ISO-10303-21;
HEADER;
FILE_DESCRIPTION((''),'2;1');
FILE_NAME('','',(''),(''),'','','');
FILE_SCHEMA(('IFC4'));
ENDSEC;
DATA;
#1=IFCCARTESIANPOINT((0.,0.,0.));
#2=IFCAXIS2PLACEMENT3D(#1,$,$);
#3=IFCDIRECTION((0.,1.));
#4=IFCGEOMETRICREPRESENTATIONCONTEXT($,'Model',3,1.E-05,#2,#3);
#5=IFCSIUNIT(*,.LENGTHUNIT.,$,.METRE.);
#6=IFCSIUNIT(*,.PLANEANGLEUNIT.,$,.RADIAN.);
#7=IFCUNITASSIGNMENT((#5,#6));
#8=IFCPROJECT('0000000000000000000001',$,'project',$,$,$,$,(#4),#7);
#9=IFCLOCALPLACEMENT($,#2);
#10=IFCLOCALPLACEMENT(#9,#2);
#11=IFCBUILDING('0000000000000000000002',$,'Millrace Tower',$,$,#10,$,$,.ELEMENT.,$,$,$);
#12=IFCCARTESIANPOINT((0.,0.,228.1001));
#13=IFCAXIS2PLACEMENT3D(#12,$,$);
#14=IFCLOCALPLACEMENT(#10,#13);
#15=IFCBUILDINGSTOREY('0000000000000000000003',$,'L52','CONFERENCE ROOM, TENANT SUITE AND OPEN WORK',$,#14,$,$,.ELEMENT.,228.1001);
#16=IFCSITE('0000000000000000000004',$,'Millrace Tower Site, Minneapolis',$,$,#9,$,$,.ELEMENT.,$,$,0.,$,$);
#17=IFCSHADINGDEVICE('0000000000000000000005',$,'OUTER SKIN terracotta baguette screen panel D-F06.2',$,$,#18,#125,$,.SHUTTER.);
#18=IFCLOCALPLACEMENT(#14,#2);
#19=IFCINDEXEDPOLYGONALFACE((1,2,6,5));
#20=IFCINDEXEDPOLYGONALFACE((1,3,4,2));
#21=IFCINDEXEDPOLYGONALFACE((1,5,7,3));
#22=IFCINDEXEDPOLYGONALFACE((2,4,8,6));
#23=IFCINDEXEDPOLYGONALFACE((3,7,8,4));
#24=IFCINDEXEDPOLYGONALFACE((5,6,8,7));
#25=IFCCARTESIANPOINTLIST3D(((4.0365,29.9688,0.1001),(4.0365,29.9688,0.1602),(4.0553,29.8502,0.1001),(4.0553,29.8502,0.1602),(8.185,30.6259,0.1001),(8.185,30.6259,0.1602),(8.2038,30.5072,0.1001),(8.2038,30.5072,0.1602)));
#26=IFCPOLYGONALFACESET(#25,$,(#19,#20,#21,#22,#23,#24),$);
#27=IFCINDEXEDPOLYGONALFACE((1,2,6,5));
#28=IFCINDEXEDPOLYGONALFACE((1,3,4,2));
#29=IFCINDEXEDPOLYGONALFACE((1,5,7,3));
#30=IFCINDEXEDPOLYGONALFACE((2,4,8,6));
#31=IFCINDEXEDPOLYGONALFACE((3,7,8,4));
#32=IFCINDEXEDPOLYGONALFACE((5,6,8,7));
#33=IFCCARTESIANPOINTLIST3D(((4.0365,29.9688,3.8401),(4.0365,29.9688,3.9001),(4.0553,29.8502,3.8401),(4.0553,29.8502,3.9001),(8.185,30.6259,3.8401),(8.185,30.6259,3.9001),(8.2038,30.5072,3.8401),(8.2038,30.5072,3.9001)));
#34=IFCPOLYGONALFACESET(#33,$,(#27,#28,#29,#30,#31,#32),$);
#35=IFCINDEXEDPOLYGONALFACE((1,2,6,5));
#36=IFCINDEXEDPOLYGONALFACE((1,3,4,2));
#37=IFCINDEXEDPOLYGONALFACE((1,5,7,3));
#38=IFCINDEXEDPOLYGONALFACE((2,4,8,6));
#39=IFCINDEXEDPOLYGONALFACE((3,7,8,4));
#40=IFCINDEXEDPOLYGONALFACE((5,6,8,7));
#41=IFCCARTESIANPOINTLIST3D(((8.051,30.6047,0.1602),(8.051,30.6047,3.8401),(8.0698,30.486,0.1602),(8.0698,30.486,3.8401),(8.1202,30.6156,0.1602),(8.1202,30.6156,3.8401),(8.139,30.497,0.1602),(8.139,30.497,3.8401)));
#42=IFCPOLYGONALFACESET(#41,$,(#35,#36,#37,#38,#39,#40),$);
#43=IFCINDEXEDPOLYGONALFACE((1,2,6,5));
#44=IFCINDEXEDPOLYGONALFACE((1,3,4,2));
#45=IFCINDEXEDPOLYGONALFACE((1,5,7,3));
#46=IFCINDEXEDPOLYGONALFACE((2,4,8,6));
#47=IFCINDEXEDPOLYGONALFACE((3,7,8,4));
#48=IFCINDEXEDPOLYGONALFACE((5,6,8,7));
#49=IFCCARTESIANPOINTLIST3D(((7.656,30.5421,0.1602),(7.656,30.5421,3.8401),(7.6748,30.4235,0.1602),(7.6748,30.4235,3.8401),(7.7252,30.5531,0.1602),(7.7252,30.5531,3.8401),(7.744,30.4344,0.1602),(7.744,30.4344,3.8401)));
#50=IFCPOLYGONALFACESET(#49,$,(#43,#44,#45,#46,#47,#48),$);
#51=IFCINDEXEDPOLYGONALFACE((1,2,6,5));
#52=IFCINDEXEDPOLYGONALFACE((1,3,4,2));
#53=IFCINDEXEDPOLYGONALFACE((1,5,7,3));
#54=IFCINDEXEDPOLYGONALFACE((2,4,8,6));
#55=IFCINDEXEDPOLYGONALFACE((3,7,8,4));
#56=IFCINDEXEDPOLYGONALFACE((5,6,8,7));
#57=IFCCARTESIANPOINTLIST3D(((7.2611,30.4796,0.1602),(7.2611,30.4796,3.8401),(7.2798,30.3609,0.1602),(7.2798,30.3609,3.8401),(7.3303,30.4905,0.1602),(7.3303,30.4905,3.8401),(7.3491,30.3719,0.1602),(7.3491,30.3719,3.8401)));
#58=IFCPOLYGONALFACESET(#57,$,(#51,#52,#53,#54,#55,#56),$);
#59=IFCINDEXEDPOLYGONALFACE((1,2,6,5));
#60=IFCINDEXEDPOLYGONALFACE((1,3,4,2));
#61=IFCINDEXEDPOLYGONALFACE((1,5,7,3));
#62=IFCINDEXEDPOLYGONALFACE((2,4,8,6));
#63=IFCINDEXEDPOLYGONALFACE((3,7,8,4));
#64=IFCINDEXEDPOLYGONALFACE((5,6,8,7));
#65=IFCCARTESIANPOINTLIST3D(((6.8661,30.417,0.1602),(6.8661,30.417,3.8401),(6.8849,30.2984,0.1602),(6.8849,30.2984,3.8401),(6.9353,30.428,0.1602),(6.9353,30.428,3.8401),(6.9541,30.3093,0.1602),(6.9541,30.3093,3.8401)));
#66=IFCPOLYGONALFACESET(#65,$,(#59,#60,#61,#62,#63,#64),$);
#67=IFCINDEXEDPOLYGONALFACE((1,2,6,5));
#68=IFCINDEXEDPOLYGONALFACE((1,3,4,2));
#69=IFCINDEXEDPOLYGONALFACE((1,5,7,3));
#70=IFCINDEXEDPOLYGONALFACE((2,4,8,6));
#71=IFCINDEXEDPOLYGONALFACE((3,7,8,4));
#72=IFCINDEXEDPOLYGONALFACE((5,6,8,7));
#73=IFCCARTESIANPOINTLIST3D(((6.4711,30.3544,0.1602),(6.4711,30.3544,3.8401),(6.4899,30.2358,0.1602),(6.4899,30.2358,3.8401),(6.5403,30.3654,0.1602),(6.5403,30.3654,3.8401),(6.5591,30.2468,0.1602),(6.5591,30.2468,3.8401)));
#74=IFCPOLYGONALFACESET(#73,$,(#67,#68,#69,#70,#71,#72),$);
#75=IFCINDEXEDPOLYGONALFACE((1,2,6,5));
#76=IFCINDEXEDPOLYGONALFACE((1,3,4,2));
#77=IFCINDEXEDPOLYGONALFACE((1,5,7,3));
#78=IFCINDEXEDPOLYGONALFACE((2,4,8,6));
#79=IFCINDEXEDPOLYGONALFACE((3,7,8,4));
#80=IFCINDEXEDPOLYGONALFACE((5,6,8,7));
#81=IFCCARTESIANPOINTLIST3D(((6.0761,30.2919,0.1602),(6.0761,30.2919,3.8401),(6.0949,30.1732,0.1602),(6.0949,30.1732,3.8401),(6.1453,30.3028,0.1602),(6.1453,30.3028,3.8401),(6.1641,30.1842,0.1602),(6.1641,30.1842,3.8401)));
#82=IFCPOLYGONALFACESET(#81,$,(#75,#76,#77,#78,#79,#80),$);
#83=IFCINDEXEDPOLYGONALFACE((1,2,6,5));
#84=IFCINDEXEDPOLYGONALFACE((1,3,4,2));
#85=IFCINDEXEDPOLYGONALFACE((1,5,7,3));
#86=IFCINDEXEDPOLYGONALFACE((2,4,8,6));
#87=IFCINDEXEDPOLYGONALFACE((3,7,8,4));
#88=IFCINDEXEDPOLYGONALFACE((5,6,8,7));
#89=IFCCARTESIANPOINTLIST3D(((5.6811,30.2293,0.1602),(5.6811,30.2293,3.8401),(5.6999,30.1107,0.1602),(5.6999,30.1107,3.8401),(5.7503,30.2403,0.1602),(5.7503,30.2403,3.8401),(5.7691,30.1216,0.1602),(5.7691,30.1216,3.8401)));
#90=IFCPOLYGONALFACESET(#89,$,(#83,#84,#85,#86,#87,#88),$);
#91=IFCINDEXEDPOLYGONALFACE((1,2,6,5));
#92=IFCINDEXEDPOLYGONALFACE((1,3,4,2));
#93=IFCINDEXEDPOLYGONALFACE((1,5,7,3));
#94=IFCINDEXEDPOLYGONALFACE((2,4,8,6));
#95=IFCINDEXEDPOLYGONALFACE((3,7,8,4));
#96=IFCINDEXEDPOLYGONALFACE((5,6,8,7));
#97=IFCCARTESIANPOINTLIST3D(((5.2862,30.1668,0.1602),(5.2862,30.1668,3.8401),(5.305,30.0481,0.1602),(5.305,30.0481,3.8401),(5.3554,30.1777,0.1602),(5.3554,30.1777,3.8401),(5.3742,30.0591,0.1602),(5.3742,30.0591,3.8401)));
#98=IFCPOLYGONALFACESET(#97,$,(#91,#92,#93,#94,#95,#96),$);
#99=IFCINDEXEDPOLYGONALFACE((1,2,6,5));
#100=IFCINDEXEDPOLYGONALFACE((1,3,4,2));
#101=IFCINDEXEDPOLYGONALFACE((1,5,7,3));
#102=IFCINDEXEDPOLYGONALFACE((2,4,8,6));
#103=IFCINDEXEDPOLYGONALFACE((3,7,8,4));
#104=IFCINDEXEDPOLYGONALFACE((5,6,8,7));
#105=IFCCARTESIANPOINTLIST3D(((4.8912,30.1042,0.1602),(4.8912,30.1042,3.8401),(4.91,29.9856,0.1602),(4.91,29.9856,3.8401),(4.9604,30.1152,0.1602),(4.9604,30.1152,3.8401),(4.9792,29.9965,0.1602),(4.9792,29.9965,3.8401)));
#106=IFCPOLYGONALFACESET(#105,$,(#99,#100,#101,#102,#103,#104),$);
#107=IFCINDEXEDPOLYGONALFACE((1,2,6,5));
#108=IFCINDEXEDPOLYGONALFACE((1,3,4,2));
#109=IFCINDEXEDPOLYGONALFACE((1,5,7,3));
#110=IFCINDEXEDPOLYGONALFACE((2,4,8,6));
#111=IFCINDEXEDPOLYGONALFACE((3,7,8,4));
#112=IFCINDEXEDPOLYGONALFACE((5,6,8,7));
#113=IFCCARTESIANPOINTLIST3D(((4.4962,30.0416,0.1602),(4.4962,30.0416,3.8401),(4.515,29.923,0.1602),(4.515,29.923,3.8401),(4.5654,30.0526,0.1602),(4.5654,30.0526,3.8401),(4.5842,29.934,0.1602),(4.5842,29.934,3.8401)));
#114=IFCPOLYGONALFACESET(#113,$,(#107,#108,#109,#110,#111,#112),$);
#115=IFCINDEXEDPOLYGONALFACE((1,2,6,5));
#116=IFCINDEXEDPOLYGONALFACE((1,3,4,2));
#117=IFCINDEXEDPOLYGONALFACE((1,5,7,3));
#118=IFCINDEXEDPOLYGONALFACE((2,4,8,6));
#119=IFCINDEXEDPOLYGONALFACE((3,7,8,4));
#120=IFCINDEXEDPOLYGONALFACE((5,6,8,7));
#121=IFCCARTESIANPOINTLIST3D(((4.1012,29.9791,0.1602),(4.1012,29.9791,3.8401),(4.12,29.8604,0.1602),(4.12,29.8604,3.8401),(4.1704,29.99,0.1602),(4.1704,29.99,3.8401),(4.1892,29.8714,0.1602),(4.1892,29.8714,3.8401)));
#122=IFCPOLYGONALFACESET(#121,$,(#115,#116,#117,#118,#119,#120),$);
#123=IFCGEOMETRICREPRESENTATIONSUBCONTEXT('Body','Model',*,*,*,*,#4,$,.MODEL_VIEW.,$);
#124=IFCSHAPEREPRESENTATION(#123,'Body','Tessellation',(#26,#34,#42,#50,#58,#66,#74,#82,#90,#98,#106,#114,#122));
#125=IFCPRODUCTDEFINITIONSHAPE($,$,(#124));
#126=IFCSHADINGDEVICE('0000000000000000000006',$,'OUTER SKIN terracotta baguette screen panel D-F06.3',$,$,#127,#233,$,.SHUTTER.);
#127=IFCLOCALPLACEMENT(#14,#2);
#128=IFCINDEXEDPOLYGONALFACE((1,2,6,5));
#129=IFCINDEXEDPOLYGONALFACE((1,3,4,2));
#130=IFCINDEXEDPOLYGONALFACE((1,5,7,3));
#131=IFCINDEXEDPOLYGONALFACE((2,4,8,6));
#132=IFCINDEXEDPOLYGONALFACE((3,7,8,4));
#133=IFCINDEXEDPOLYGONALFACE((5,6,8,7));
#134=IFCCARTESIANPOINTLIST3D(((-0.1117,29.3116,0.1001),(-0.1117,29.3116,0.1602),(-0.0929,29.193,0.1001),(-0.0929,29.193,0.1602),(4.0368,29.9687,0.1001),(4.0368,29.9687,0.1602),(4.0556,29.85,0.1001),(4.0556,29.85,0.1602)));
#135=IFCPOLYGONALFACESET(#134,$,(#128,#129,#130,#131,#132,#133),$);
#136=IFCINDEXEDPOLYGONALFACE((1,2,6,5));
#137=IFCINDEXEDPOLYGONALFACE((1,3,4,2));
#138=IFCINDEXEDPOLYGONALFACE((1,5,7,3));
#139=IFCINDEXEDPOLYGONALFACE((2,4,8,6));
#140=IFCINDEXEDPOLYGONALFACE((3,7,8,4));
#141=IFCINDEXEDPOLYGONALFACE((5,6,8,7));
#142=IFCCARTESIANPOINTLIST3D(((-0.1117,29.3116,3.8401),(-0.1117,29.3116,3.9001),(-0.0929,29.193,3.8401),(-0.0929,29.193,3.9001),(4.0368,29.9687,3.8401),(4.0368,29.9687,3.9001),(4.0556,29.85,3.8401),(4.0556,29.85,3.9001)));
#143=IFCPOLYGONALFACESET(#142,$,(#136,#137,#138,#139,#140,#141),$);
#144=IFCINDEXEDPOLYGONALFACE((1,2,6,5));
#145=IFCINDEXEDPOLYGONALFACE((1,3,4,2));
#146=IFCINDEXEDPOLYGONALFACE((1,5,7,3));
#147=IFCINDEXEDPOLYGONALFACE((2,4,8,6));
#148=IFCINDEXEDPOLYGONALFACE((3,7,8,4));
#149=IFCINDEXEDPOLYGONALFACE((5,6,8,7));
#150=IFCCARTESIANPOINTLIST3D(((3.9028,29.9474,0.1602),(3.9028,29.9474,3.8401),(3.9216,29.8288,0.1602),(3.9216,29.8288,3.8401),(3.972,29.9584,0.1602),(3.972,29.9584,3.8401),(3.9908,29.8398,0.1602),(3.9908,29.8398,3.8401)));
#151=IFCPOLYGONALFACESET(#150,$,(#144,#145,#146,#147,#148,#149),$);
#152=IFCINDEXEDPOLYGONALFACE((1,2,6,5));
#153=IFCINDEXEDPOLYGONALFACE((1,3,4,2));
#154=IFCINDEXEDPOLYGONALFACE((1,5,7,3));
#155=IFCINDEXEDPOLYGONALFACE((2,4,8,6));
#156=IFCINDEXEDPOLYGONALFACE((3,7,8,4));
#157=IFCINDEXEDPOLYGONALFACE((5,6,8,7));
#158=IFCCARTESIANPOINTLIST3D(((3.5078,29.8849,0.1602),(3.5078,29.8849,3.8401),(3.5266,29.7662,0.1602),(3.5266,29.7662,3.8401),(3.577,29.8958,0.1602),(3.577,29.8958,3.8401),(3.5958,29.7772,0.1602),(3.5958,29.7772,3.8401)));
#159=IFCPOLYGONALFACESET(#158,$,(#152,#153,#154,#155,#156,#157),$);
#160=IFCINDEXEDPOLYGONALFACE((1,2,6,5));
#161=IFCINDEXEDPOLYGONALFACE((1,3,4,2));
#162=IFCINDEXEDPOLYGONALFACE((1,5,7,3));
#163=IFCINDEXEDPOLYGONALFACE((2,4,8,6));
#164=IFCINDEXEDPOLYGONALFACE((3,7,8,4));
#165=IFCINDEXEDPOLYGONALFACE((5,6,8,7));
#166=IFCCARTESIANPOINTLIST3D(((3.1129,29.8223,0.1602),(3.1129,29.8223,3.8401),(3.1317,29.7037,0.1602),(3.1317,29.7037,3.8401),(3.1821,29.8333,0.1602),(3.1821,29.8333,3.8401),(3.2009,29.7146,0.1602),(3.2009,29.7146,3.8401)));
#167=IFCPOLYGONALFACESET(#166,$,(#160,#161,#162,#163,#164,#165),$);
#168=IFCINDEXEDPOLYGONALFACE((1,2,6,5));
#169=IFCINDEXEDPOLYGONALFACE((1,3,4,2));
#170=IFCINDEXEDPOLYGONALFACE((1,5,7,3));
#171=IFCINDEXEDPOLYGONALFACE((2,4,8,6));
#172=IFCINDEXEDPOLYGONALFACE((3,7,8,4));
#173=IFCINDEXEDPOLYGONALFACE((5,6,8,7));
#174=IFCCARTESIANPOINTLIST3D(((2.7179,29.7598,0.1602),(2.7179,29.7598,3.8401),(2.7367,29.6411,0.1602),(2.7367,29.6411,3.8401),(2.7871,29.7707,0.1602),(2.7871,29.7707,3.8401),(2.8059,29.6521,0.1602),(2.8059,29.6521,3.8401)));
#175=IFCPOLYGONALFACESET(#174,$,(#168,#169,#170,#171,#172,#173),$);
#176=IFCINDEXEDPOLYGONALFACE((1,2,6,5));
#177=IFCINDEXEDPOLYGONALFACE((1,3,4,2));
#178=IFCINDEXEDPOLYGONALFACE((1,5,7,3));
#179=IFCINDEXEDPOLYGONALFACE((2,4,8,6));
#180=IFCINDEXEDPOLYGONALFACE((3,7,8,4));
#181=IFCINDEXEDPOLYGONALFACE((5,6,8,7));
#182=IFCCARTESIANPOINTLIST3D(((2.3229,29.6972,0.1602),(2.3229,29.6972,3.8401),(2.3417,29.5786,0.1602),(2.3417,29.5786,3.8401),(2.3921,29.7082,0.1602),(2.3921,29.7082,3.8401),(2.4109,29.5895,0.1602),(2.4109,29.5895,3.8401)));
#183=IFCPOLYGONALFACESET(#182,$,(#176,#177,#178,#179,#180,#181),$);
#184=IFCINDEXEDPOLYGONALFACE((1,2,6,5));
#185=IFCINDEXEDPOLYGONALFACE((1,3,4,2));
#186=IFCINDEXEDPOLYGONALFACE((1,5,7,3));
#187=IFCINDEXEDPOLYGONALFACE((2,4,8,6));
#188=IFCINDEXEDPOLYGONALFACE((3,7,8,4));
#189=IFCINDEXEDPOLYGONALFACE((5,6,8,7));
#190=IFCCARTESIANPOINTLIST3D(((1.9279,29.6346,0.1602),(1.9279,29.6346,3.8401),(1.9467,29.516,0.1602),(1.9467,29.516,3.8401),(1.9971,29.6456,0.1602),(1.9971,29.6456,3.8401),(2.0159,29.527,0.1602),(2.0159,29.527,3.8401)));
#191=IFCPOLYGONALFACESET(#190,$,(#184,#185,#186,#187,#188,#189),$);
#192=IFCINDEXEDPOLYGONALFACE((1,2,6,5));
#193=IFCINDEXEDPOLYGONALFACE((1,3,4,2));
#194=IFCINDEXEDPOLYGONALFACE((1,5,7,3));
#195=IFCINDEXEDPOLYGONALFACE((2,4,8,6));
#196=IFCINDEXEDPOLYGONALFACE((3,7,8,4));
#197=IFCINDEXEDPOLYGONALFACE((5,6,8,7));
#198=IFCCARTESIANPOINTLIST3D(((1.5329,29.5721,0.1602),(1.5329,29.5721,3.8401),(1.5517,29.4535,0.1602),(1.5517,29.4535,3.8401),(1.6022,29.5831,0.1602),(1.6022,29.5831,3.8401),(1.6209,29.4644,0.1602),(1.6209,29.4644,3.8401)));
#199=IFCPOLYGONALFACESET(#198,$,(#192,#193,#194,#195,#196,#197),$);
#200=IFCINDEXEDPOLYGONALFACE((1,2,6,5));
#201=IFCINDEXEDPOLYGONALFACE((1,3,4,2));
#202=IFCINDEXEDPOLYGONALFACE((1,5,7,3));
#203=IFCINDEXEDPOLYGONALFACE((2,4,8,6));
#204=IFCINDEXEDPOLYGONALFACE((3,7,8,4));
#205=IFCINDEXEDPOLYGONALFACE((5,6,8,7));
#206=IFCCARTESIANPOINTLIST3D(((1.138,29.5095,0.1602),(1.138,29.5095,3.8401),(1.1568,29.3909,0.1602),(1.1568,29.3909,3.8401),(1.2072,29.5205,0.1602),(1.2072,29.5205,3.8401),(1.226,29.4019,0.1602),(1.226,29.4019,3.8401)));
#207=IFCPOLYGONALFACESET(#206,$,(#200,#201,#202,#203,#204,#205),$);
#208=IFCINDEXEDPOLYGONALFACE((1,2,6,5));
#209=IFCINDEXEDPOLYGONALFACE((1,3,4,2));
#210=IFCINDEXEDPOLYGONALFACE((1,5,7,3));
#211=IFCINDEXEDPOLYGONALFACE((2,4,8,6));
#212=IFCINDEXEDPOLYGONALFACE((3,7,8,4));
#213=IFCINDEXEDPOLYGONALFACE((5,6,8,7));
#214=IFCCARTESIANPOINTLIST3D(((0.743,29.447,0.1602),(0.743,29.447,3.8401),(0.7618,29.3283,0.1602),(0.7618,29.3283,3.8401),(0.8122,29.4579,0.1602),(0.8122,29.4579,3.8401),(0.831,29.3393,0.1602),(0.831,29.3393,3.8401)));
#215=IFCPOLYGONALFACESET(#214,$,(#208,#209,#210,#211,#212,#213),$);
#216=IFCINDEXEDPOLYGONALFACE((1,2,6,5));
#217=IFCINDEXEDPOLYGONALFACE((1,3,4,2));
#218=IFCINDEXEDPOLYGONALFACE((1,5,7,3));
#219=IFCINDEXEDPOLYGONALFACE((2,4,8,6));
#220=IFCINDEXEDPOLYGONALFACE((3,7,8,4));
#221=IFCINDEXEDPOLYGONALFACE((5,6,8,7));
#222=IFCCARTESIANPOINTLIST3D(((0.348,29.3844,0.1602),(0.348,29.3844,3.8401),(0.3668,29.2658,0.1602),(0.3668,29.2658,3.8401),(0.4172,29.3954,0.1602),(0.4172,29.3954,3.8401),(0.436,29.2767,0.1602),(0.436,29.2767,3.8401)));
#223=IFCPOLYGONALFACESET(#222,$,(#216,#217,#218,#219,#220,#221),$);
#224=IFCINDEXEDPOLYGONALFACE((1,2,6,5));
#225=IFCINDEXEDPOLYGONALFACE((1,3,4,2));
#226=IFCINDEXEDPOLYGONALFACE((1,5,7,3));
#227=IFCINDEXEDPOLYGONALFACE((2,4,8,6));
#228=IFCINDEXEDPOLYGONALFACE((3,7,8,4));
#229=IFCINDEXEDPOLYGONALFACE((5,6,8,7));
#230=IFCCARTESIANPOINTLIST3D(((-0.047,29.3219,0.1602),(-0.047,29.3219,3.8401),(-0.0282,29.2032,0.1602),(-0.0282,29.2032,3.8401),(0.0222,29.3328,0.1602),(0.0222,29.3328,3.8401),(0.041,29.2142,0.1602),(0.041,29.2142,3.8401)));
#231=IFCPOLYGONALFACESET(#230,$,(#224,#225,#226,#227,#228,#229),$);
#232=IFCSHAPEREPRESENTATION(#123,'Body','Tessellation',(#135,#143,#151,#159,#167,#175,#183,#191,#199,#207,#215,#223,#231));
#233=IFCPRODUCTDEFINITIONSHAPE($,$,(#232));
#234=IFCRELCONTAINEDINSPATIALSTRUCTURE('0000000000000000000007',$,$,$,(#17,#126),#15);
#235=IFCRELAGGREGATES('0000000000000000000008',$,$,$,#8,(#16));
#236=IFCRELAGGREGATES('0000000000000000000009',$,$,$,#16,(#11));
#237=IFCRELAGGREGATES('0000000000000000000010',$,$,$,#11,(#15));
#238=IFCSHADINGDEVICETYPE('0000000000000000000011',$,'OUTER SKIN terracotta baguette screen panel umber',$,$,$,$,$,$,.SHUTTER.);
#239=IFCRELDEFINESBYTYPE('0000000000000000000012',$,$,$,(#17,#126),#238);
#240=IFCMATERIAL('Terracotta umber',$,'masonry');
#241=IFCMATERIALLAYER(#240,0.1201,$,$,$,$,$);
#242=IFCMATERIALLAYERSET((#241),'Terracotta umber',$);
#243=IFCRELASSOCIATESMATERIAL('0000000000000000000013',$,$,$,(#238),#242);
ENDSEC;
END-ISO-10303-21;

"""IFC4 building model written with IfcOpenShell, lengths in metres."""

from ifc_helpers import new_model, entity, si_unit, direction, frame, frame_2d, origin, origin_2d, place, context, subcontext, project, spatial, rectangle, extrude, source, transform, mapped, material, layer, layer_set, type_object, element, save


model = new_model("IFC4")

# Units and contexts
model_context = context("Model", 3, precision=1e-05, world=origin(), true_north=direction((0.0, 1.0)))
body_context = subcontext(model_context, "Body", "Model", "MODEL_VIEW")
ifc_project = project(units=[si_unit("LENGTHUNIT", "METRE"), si_unit("PLANEANGLEUNIT", "RADIAN")], contexts=[model_context])

# Site, building, storey
site_placement = place(None, origin())
site = spatial("IfcSite", under=ifc_project, at=site_placement, Name="Millrace Tower Site, Minneapolis", CompositionType="ELEMENT", RefElevation=0.0)
building_placement = place(site_placement, origin())
building = spatial("IfcBuilding", under=site, at=building_placement, Name="Millrace Tower", CompositionType="ELEMENT")
storey_placement = place(building_placement, frame((0.0, 0.0, 228.1001)))
storey = spatial("IfcBuildingStorey", under=building, at=storey_placement, Name="L52", Description="CONFERENCE ROOM, TENANT SUITE AND OPEN WORK", CompositionType="ELEMENT", Elevation=228.1001)

# Shading devices
ifc_material_1 = material(Name="Terracotta umber", Category="masonry")
ifc_layer_1 = layer(ifc_material_1, 0.1201)
ifc_layer_set_1 = layer_set([ifc_layer_1], Name="Terracotta umber")
shading_device_type = type_object("IfcShadingDeviceType", Name="OUTER SKIN terracotta baguette screen panel umber", PredefinedType="SHUTTER", material=ifc_layer_set_1)
cartesian_point_1 = entity("IfcCartesianPoint", [-2.1001, 0.0601])
shared_polyline_1 = entity("IfcPolyline", [cartesian_point_1, entity("IfcCartesianPoint", [2.1001, 0.0601]), entity("IfcCartesianPoint", [2.1001, -0.0601]), entity("IfcCartesianPoint", [-2.1001, -0.0601]), cartesian_point_1])
shared_shape_1 = source(origin(), body_context, "Body", "SweptSolid", [
    entity("IfcExtrudedAreaSolid", entity("IfcArbitraryClosedProfileDef", "AREA", None, shared_polyline_1), entity("IfcAxis2Placement3D", entity("IfcCartesianPoint", [0.0, 0.0, 0.0])), entity("IfcDirection", [0.0, 0.0, 1.0]), 0.0601),
    entity("IfcExtrudedAreaSolid", entity("IfcArbitraryClosedProfileDef", "AREA", None, shared_polyline_1), entity("IfcAxis2Placement3D", entity("IfcCartesianPoint", [0.0, 0.0, 3.74])), entity("IfcDirection", [0.0, 0.0, 1.0]), 0.0601),
    extrude(rectangle(XDim=0.0701, YDim=0.1201, at=frame_2d((-1.9995, 0.0))), frame((0.0, 0.0, 0.0601)), (0.0, 0.0, 1.0), 3.6799),
    extrude(rectangle(XDim=0.0701, YDim=0.1201, at=frame_2d((-1.5996, 0.0))), frame((0.0, 0.0, 0.0601)), (0.0, 0.0, 1.0), 3.6799),
    extrude(rectangle(XDim=0.0701, YDim=0.1201, at=frame_2d((-1.1997, 0.0))), frame((0.0, 0.0, 0.0601)), (0.0, 0.0, 1.0), 3.6799),
    extrude(rectangle(XDim=0.0701, YDim=0.1201, at=frame_2d((-0.7998, 0.0))), frame((0.0, 0.0, 0.0601)), (0.0, 0.0, 1.0), 3.6799),
    extrude(rectangle(XDim=0.0701, YDim=0.1201, at=frame_2d((-0.3999, 0.0))), frame((0.0, 0.0, 0.0601)), (0.0, 0.0, 1.0), 3.6799),
    extrude(rectangle(XDim=0.0701, YDim=0.1201, at=origin_2d()), frame((0.0, 0.0, 0.0601)), (0.0, 0.0, 1.0), 3.6799),
    extrude(rectangle(XDim=0.0701, YDim=0.1201, at=frame_2d((0.3999, 0.0))), frame((0.0, 0.0, 0.0601)), (0.0, 0.0, 1.0), 3.6799),
    extrude(rectangle(XDim=0.0701, YDim=0.1201, at=frame_2d((0.7998, 0.0))), frame((0.0, 0.0, 0.0601)), (0.0, 0.0, 1.0), 3.6799),
    extrude(rectangle(XDim=0.0701, YDim=0.1201, at=frame_2d((1.1997, 0.0))), frame((0.0, 0.0, 0.0601)), (0.0, 0.0, 1.0), 3.6799),
    extrude(rectangle(XDim=0.0701, YDim=0.1201, at=frame_2d((1.5996, 0.0))), frame((0.0, 0.0, 0.0601)), (0.0, 0.0, 1.0), 3.6799),
    extrude(rectangle(XDim=0.0701, YDim=0.1201, at=frame_2d((1.9995, 0.0))), frame((0.0, 0.0, 0.0601)), (0.0, 0.0, 1.0), 3.6799),
])
for number, where, z_axis, x_axis, name in (
    (1, (6.1201, 30.238, 0.1001), (0.0, 0.0, 1.0), (-0.987688, -0.156434, 0.0), "OUTER SKIN terracotta baguette screen panel D-F06.2"),
    (2, (1.9719, 29.5808, 0.1001), (0.0, 0.0, 1.0), (-0.987688, -0.156434, 0.0), "OUTER SKIN terracotta baguette screen panel D-F06.3"),
):
    element("IfcShadingDevice", number, at=place(storey_placement, frame(where, z_axis=z_axis, x_axis=x_axis)), inside=storey, type_object=shading_device_type, Name=name, PredefinedType="SHUTTER", context=body_context, shape_type="MappedRepresentation", body=[
        mapped(shared_shape_1, transform((0.0, 0.0, 0.0), scale=1.0)),
    ])

save(model, "model.ifc")
